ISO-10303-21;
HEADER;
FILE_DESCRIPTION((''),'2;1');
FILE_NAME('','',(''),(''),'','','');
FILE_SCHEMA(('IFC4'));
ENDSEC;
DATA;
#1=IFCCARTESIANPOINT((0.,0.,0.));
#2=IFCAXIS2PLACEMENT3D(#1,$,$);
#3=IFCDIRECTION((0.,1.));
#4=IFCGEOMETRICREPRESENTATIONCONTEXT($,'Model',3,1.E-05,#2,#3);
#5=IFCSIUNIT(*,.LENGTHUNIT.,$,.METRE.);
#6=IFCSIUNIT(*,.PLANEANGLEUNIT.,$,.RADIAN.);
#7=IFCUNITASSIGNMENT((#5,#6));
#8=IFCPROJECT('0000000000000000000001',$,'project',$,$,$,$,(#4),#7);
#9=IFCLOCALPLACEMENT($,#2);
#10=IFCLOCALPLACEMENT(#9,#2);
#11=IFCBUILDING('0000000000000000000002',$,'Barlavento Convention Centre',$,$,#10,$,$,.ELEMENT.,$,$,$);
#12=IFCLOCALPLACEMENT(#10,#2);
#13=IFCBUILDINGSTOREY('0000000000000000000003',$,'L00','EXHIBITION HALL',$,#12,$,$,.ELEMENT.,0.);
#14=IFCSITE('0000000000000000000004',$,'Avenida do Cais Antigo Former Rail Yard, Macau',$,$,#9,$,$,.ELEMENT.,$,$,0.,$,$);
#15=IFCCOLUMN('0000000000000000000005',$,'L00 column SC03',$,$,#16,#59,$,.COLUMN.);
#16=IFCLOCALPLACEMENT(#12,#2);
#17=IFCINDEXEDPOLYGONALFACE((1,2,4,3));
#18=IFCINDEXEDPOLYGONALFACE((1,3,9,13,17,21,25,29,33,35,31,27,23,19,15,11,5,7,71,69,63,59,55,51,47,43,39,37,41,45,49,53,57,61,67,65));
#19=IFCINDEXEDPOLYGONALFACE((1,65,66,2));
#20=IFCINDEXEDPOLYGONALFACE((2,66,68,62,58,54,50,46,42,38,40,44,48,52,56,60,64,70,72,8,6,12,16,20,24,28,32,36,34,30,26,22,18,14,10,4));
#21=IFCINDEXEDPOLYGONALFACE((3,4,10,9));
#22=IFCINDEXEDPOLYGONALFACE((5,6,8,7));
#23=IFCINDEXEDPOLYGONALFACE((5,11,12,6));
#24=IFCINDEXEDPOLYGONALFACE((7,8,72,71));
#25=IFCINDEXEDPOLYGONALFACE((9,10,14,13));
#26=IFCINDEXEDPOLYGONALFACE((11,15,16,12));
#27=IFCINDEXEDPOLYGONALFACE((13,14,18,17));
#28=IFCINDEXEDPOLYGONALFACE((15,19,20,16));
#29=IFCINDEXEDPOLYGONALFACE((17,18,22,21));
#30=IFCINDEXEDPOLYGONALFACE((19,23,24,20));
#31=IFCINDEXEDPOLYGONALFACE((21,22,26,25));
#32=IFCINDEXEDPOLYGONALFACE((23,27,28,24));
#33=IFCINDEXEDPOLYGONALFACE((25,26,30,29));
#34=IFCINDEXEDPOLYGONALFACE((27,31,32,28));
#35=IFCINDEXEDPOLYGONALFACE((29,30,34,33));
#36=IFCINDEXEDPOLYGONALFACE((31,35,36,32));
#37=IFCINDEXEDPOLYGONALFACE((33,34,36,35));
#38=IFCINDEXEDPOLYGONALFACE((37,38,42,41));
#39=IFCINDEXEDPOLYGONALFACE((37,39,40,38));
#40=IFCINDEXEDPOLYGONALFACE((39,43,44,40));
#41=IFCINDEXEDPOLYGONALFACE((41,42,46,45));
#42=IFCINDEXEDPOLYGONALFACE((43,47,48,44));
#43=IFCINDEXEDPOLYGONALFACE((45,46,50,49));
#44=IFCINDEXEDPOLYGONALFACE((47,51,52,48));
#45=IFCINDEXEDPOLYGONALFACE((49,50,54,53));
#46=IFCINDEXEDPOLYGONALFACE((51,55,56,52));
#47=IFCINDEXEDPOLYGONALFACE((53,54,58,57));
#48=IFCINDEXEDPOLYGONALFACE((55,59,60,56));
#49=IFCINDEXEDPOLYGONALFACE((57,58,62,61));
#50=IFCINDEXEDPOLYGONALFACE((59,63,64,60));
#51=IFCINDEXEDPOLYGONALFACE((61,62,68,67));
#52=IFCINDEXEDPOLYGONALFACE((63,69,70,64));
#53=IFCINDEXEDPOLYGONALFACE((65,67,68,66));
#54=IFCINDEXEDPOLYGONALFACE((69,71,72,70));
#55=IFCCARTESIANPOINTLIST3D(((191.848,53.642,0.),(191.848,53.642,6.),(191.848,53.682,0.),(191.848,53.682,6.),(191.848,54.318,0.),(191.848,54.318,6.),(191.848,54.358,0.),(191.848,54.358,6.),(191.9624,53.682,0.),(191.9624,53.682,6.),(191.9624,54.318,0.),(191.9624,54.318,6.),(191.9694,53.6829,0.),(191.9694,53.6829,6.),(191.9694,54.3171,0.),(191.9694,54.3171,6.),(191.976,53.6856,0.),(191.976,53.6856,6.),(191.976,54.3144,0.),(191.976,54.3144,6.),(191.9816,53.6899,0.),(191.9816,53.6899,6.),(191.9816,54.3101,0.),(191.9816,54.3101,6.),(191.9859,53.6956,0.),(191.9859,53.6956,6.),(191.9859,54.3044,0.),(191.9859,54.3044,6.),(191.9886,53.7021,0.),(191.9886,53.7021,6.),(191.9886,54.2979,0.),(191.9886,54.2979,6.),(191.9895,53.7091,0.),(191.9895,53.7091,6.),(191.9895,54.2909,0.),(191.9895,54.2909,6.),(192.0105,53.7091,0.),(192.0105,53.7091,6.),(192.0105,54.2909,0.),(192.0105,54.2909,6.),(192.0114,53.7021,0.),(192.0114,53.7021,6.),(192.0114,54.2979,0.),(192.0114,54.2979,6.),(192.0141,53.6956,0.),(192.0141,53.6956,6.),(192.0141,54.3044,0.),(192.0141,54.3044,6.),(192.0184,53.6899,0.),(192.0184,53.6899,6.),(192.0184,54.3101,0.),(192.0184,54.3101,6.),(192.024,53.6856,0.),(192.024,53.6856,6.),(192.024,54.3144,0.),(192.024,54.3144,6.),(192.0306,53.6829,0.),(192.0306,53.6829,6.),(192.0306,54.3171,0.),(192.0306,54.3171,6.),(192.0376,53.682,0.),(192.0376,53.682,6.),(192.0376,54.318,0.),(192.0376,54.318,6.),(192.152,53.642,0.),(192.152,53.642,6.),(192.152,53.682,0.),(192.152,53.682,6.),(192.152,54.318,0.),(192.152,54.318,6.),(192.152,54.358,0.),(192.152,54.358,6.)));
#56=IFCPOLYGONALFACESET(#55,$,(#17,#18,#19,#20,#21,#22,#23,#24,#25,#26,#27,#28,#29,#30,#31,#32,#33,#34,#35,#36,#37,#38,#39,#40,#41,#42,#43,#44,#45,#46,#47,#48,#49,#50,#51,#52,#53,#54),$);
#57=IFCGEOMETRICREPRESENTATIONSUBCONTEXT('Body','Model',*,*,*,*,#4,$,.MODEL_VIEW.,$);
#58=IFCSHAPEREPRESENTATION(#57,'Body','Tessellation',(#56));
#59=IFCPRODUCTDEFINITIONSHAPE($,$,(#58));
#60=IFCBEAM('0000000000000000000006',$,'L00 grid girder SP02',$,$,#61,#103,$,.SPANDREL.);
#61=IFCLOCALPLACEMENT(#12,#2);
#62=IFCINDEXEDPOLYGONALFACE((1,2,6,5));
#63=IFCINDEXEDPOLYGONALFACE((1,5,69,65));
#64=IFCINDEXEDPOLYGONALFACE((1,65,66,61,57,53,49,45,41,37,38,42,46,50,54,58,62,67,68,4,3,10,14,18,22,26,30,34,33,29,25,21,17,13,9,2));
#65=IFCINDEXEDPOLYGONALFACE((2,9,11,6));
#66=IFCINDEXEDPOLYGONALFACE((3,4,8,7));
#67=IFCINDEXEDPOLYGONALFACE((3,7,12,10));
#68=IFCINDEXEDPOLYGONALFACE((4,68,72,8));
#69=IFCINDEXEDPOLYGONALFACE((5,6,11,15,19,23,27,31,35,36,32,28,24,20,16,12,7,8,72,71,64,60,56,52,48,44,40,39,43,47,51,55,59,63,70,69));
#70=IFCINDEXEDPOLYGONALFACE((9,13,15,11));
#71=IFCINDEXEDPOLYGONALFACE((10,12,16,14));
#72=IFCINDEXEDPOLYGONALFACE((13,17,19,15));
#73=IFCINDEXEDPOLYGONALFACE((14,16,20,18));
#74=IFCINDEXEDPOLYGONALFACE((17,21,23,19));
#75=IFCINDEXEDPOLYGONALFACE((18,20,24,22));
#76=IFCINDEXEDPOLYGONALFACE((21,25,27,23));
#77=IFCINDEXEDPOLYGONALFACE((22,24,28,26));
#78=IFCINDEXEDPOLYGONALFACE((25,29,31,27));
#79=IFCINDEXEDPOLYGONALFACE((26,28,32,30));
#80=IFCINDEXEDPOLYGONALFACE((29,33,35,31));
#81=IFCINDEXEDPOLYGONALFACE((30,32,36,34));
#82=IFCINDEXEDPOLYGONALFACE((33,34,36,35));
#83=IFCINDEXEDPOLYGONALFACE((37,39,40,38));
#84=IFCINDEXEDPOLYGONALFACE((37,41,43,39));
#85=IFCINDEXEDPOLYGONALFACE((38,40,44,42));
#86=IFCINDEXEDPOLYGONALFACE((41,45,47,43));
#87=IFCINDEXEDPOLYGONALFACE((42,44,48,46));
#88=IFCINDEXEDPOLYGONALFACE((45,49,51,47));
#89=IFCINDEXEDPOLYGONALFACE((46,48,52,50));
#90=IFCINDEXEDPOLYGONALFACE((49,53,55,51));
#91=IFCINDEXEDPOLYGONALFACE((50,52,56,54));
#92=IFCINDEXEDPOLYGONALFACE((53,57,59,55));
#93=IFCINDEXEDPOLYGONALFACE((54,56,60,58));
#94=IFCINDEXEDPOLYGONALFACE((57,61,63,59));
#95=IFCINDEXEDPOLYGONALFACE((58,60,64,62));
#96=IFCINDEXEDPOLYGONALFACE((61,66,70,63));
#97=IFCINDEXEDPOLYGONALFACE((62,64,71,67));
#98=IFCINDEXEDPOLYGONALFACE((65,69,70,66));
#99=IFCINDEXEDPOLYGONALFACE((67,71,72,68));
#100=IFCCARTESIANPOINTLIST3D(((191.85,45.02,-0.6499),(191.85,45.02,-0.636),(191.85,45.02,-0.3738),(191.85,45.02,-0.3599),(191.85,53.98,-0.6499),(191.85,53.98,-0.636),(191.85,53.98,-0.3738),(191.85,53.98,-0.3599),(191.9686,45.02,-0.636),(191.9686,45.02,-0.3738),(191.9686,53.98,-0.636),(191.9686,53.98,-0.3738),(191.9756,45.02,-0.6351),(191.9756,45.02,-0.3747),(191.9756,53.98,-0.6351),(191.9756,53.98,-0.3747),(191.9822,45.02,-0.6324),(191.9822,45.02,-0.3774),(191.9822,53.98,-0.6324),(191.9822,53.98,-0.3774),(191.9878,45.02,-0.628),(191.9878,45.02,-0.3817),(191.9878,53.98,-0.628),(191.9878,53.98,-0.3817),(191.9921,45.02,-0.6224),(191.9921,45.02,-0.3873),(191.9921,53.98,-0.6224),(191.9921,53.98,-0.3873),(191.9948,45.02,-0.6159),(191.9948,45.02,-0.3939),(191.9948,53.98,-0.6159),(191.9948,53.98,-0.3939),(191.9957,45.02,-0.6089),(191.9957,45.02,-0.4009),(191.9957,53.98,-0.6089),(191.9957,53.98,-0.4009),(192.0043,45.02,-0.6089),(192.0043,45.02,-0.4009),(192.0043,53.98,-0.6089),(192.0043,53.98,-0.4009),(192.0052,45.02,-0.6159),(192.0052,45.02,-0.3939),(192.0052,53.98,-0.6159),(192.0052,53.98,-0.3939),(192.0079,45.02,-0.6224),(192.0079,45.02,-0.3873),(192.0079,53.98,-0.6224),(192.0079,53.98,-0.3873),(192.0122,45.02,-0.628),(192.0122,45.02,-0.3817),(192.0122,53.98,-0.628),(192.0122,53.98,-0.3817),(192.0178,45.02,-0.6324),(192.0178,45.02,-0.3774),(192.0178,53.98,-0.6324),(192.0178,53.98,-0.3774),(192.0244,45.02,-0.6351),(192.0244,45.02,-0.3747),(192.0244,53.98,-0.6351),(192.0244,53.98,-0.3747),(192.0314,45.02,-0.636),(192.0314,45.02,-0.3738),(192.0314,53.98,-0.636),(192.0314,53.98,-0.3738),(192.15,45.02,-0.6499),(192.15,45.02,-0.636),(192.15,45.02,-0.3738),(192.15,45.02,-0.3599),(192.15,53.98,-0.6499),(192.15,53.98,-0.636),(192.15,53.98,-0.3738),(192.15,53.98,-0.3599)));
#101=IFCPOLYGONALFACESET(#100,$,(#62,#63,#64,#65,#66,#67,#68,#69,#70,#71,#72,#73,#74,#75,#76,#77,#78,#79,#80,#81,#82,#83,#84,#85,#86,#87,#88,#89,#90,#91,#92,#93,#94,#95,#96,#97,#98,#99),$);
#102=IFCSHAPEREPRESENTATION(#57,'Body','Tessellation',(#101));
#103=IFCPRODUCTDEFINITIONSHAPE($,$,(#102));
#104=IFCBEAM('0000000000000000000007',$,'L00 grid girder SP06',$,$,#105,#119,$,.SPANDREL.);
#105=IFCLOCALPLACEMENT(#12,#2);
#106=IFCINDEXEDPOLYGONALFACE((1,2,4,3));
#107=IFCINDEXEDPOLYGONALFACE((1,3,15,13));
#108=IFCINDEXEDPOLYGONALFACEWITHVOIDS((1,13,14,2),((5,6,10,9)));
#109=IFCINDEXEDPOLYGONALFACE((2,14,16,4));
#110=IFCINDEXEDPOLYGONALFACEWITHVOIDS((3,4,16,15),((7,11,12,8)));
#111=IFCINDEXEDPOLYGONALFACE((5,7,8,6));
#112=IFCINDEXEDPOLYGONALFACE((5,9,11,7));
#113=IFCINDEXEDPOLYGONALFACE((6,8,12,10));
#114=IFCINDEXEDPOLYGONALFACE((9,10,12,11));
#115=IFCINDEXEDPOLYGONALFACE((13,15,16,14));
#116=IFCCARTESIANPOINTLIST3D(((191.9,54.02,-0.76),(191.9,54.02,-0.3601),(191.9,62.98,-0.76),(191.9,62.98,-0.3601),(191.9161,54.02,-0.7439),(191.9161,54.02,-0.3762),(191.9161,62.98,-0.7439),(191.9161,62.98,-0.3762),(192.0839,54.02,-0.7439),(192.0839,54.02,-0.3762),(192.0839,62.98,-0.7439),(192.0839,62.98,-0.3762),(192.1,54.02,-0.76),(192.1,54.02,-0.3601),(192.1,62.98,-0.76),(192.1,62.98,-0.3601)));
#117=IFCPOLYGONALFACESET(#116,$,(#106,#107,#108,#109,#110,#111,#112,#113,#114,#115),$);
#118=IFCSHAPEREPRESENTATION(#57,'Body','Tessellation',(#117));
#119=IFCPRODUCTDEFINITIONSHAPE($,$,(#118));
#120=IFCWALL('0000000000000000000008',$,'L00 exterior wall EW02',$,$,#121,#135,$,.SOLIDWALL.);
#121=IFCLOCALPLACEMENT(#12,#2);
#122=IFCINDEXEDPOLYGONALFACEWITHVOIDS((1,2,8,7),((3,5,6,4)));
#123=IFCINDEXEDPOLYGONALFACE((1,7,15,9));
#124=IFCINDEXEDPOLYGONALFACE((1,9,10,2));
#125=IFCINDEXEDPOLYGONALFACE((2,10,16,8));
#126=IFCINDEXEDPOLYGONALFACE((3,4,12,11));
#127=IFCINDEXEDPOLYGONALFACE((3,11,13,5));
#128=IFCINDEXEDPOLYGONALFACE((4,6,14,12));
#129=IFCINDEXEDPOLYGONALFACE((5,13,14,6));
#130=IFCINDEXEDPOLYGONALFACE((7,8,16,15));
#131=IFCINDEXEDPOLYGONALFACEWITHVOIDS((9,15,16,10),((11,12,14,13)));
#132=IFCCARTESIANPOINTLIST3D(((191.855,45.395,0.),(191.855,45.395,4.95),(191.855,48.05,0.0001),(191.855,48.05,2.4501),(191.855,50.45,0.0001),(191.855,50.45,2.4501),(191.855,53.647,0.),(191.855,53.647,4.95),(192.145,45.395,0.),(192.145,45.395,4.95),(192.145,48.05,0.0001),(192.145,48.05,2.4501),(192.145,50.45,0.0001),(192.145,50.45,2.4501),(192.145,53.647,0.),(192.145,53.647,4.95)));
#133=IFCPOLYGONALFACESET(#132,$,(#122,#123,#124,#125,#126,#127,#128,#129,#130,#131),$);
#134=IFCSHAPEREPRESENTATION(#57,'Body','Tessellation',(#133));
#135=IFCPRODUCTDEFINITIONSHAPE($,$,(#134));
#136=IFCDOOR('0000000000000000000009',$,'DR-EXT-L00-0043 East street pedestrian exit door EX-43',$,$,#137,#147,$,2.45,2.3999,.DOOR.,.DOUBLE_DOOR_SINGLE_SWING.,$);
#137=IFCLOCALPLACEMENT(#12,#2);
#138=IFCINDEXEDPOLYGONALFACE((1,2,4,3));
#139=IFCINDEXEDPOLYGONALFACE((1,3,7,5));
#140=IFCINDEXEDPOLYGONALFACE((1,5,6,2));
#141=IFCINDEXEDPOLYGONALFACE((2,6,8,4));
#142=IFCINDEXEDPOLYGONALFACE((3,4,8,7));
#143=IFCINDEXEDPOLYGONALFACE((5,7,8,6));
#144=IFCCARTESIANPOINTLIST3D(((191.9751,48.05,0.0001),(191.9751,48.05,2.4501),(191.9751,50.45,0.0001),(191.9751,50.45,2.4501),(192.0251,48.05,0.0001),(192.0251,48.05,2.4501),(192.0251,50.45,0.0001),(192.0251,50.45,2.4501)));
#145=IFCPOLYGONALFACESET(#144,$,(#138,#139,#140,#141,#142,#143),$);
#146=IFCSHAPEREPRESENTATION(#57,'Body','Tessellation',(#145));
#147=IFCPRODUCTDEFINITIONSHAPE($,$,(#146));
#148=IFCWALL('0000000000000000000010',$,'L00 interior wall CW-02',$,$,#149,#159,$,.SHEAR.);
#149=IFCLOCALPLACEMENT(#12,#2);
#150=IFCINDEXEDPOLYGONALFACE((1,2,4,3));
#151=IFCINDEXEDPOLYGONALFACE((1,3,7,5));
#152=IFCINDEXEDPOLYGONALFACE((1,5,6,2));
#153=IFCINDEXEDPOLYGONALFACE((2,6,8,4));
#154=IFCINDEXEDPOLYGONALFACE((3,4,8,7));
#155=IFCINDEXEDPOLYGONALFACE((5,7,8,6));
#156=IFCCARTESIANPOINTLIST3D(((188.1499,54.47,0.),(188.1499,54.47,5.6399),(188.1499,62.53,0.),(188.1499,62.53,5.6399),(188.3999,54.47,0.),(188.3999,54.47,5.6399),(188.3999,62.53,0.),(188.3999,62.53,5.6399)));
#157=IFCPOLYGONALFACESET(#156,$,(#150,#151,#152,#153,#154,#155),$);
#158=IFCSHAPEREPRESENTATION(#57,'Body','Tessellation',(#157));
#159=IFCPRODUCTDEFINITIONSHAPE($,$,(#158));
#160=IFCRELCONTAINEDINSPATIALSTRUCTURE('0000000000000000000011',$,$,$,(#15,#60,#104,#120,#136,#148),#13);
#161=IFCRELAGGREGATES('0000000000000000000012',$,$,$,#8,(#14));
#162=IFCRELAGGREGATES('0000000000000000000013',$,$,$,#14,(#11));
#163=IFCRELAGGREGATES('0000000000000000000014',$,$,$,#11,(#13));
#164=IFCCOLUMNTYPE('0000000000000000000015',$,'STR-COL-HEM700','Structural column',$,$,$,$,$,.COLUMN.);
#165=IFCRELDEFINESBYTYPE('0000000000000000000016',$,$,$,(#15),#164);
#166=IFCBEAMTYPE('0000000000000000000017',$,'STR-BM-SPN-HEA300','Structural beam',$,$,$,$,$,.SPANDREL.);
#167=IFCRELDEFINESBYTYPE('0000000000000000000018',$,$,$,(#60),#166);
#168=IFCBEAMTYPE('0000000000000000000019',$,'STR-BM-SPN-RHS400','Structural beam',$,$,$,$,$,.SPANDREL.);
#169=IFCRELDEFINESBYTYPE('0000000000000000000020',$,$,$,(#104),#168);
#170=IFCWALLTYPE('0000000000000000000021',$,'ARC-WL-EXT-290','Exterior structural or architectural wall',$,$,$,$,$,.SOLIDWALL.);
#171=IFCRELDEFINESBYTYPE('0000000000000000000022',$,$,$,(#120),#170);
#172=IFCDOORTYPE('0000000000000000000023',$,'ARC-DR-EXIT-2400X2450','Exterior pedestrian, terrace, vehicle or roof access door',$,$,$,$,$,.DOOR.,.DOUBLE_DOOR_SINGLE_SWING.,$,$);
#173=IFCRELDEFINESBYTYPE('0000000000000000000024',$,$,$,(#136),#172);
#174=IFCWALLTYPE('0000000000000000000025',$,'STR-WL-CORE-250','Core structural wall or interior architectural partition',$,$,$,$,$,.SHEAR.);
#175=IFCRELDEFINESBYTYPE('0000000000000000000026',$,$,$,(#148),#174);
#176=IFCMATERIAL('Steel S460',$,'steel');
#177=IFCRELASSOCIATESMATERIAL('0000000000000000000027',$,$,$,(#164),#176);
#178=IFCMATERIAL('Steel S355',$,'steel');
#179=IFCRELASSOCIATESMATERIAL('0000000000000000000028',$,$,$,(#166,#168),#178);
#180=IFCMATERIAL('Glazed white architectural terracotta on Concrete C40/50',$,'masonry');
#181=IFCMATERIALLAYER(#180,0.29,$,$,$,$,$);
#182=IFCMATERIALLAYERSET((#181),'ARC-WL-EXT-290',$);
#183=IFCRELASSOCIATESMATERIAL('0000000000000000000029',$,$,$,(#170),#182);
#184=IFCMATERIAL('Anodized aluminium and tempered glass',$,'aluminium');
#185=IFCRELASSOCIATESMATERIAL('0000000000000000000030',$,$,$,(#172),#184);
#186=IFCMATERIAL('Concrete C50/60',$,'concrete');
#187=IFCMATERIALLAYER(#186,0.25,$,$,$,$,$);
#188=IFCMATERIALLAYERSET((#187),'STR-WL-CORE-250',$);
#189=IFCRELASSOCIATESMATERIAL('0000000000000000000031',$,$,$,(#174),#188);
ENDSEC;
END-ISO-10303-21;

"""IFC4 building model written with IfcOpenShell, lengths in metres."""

from ifc_helpers import new_model, si_unit, direction, frame, frame_2d, origin, origin_2d, place, context, subcontext, project, spatial, rectangle, hollow_rectangle, i_section, extrude, material, layer, layer_set, material_profile, profile_set, type_object, element, fill, save


model = new_model("IFC4")

# Units and contexts
model_context = context("Model", 3, precision=1e-05, world=origin(), true_north=direction((0.0, 1.0)))
body_context = subcontext(model_context, "Body", "Model", "MODEL_VIEW")
ifc_project = project(units=[si_unit("LENGTHUNIT", "METRE"), si_unit("PLANEANGLEUNIT", "RADIAN")], contexts=[model_context])

# Site, building, storey
site_placement = place(None, origin())
site = spatial("IfcSite", under=ifc_project, at=site_placement, Name="Avenida do Cais Antigo Former Rail Yard, Macau", CompositionType="ELEMENT", RefElevation=0.0)
building_placement = place(site_placement, origin())
building = spatial("IfcBuilding", under=site, at=building_placement, Name="Barlavento Convention Centre", CompositionType="ELEMENT")
storey_placement = place(building_placement, origin())
storey = spatial("IfcBuildingStorey", under=building, at=storey_placement, Name="L00", Description="EXHIBITION HALL", CompositionType="ELEMENT", Elevation=0.0)

# Column
ifc_material_1 = material(Name="Steel S460", Category="steel")
ifc_material_profile_1 = material_profile(ifc_material_1, i_section(OverallWidth=0.304, OverallDepth=0.7161, WebThickness=0.021, FlangeThickness=0.04, FilletRadius=0.0271, at=origin_2d()), Name="HEM 700")
ifc_profile_set_1 = profile_set([ifc_material_profile_1], Name="Steel S460")
column_type = type_object("IfcColumnType", Name="STR-COL-HEM700", Description="Structural column", PredefinedType="COLUMN", material=ifc_profile_set_1)
column_placement = place(storey_placement, frame((192.0, 54.0, 0.0), z_axis=(0.0, 0.0, 1.0), x_axis=(1.0, 0.0, 0.0)))
element("IfcColumn", 1, at=column_placement, inside=storey, type_object=column_type, Name="L00 column SC03", PredefinedType="COLUMN", context=body_context, shape_type="SweptSolid", body=[
    extrude(i_section(OverallWidth=0.304, OverallDepth=0.7161, WebThickness=0.021, FlangeThickness=0.04, FilletRadius=0.0271, at=origin_2d()), origin(), (0.0, 0.0, 1.0), 6.0),
])

# Beams
ifc_material_2 = material(Name="Steel S355", Category="steel")
ifc_material_profile_2 = material_profile(ifc_material_2, i_section(OverallWidth=0.3, OverallDepth=0.29, WebThickness=0.0085, FlangeThickness=0.0139, FilletRadius=0.0271, at=origin_2d()), Name="HEA 300")
ifc_profile_set_2 = profile_set([ifc_material_profile_2], Name="Steel S355")
beam_type_1 = type_object("IfcBeamType", Name="STR-BM-SPN-HEA300", Description="Structural beam", PredefinedType="SPANDREL", material=ifc_profile_set_2)
beam_1_placement = place(storey_placement, frame((192.0, 45.02, -0.5049), z_axis=(0.0, 1.0, 0.0), x_axis=(-1.0, 0.0, 0.0)))
element("IfcBeam", 2, at=beam_1_placement, inside=storey, type_object=beam_type_1, Name="L00 grid girder SP02", PredefinedType="SPANDREL", context=body_context, shape_type="SweptSolid", body=[
    extrude(i_section(OverallWidth=0.3, OverallDepth=0.29, WebThickness=0.0085, FlangeThickness=0.0139, FilletRadius=0.0271, at=origin_2d()), origin(), (0.0, 0.0, 1.0), 8.96),
])
ifc_material_profile_3 = material_profile(ifc_material_2, hollow_rectangle(XDim=0.2, YDim=0.3999, WallThickness=0.0161, at=origin_2d()), Name="RHS 400x200x16.0")
ifc_profile_set_3 = profile_set([ifc_material_profile_3], Name="Steel S355")
beam_type_2 = type_object("IfcBeamType", Name="STR-BM-SPN-RHS400", Description="Structural beam", PredefinedType="SPANDREL", material=ifc_profile_set_3)
beam_2_placement = place(storey_placement, frame((192.0, 54.02, -0.5601), z_axis=(0.0, 1.0, 0.0), x_axis=(-1.0, 0.0, 0.0)))
element("IfcBeam", 3, at=beam_2_placement, inside=storey, type_object=beam_type_2, Name="L00 grid girder SP06", PredefinedType="SPANDREL", context=body_context, shape_type="SweptSolid", body=[
    extrude(hollow_rectangle(XDim=0.2, YDim=0.3999, WallThickness=0.0161, at=origin_2d()), origin(), (0.0, 0.0, 1.0), 8.96),
])

# Wall, opening, door
ifc_material_3 = material(Name="Glazed white architectural terracotta on Concrete C40/50", Category="masonry")
ifc_layer_1 = layer(ifc_material_3, 0.29)
ifc_layer_set_1 = layer_set([ifc_layer_1], Name="ARC-WL-EXT-290")
wall_type_1 = type_object("IfcWallType", Name="ARC-WL-EXT-290", Description="Exterior structural or architectural wall", PredefinedType="SOLIDWALL", material=ifc_layer_set_1)
wall_1_placement = place(storey_placement, frame((192.0, 45.395, 0.0), z_axis=(0.0, 0.0, 1.0), x_axis=(0.0, 1.0, 0.0)))
wall_1 = element("IfcWall", 4, at=wall_1_placement, inside=storey, type_object=wall_type_1, Name="L00 exterior wall EW02", PredefinedType="SOLIDWALL", context=body_context, shape_type="SweptSolid", body=[
    extrude(rectangle(XDim=8.252, YDim=0.29, at=frame_2d((4.126, 0.0))), origin(), (0.0, 0.0, 1.0), 4.95),
])
opening_1_placement = place(wall_1_placement, frame((2.655, 0.0, 0.0)))
opening_1 = element("IfcOpeningElement", 5, at=opening_1_placement, cuts=wall_1, PredefinedType="OPENING", context=body_context, shape_type="SweptSolid", body=[
    extrude(rectangle(XDim=2.3999, YDim=2.45, at=frame_2d((1.2, 1.2251))), frame((0.0, 0.155, 0.0), z_axis=(0.0, -1.0, 0.0), x_axis=(1.0, 0.0, 0.0)), (0.0, 0.0, 1.0), 0.3101),
])
ifc_material_4 = material(Name="Anodized aluminium and tempered glass", Category="aluminium")
door_type_1 = type_object("IfcDoorType", Name="ARC-DR-EXIT-2400X2450", Description="Exterior pedestrian, terrace, vehicle or roof access door", OperationType="DOUBLE_DOOR_SINGLE_SWING", PredefinedType="DOOR", material=ifc_material_4)
door_1_placement = place(opening_1_placement, origin())
door_1 = element("IfcDoor", 6, at=door_1_placement, inside=storey, type_object=door_type_1, Name="DR-EXT-L00-0043 East street pedestrian exit door EX-43", OperationType="DOUBLE_DOOR_SINGLE_SWING", OverallHeight=2.45, OverallWidth=2.3999, PredefinedType="DOOR", context=body_context, shape_type="SweptSolid", body=[
    extrude(rectangle(XDim=2.3999, YDim=2.45, at=frame_2d((1.2, 1.2251))), frame((0.0, 0.0249, 0.0), z_axis=(0.0, -1.0, 0.0), x_axis=(1.0, 0.0, 0.0)), (0.0, 0.0, 1.0), 0.05),
])
fill(opening_1, door_1)

# Wall
ifc_material_5 = material(Name="Concrete C50/60", Category="concrete")
ifc_layer_2 = layer(ifc_material_5, 0.25)
ifc_layer_set_2 = layer_set([ifc_layer_2], Name="STR-WL-CORE-250")
wall_type_2 = type_object("IfcWallType", Name="STR-WL-CORE-250", Description="Core structural wall or interior architectural partition", PredefinedType="SHEAR", material=ifc_layer_set_2)
wall_2_placement = place(storey_placement, frame((188.2749, 54.47, 0.0), z_axis=(0.0, 0.0, 1.0), x_axis=(0.0, 1.0, 0.0)))
element("IfcWall", 7, at=wall_2_placement, inside=storey, type_object=wall_type_2, Name="L00 interior wall CW-02", PredefinedType="SHEAR", context=body_context, shape_type="SweptSolid", body=[
    extrude(rectangle(XDim=8.0601, YDim=0.25, at=frame_2d((4.03, 0.0))), origin(), (0.0, 0.0, 1.0), 5.6399),
])

save(model, "model.ifc")
